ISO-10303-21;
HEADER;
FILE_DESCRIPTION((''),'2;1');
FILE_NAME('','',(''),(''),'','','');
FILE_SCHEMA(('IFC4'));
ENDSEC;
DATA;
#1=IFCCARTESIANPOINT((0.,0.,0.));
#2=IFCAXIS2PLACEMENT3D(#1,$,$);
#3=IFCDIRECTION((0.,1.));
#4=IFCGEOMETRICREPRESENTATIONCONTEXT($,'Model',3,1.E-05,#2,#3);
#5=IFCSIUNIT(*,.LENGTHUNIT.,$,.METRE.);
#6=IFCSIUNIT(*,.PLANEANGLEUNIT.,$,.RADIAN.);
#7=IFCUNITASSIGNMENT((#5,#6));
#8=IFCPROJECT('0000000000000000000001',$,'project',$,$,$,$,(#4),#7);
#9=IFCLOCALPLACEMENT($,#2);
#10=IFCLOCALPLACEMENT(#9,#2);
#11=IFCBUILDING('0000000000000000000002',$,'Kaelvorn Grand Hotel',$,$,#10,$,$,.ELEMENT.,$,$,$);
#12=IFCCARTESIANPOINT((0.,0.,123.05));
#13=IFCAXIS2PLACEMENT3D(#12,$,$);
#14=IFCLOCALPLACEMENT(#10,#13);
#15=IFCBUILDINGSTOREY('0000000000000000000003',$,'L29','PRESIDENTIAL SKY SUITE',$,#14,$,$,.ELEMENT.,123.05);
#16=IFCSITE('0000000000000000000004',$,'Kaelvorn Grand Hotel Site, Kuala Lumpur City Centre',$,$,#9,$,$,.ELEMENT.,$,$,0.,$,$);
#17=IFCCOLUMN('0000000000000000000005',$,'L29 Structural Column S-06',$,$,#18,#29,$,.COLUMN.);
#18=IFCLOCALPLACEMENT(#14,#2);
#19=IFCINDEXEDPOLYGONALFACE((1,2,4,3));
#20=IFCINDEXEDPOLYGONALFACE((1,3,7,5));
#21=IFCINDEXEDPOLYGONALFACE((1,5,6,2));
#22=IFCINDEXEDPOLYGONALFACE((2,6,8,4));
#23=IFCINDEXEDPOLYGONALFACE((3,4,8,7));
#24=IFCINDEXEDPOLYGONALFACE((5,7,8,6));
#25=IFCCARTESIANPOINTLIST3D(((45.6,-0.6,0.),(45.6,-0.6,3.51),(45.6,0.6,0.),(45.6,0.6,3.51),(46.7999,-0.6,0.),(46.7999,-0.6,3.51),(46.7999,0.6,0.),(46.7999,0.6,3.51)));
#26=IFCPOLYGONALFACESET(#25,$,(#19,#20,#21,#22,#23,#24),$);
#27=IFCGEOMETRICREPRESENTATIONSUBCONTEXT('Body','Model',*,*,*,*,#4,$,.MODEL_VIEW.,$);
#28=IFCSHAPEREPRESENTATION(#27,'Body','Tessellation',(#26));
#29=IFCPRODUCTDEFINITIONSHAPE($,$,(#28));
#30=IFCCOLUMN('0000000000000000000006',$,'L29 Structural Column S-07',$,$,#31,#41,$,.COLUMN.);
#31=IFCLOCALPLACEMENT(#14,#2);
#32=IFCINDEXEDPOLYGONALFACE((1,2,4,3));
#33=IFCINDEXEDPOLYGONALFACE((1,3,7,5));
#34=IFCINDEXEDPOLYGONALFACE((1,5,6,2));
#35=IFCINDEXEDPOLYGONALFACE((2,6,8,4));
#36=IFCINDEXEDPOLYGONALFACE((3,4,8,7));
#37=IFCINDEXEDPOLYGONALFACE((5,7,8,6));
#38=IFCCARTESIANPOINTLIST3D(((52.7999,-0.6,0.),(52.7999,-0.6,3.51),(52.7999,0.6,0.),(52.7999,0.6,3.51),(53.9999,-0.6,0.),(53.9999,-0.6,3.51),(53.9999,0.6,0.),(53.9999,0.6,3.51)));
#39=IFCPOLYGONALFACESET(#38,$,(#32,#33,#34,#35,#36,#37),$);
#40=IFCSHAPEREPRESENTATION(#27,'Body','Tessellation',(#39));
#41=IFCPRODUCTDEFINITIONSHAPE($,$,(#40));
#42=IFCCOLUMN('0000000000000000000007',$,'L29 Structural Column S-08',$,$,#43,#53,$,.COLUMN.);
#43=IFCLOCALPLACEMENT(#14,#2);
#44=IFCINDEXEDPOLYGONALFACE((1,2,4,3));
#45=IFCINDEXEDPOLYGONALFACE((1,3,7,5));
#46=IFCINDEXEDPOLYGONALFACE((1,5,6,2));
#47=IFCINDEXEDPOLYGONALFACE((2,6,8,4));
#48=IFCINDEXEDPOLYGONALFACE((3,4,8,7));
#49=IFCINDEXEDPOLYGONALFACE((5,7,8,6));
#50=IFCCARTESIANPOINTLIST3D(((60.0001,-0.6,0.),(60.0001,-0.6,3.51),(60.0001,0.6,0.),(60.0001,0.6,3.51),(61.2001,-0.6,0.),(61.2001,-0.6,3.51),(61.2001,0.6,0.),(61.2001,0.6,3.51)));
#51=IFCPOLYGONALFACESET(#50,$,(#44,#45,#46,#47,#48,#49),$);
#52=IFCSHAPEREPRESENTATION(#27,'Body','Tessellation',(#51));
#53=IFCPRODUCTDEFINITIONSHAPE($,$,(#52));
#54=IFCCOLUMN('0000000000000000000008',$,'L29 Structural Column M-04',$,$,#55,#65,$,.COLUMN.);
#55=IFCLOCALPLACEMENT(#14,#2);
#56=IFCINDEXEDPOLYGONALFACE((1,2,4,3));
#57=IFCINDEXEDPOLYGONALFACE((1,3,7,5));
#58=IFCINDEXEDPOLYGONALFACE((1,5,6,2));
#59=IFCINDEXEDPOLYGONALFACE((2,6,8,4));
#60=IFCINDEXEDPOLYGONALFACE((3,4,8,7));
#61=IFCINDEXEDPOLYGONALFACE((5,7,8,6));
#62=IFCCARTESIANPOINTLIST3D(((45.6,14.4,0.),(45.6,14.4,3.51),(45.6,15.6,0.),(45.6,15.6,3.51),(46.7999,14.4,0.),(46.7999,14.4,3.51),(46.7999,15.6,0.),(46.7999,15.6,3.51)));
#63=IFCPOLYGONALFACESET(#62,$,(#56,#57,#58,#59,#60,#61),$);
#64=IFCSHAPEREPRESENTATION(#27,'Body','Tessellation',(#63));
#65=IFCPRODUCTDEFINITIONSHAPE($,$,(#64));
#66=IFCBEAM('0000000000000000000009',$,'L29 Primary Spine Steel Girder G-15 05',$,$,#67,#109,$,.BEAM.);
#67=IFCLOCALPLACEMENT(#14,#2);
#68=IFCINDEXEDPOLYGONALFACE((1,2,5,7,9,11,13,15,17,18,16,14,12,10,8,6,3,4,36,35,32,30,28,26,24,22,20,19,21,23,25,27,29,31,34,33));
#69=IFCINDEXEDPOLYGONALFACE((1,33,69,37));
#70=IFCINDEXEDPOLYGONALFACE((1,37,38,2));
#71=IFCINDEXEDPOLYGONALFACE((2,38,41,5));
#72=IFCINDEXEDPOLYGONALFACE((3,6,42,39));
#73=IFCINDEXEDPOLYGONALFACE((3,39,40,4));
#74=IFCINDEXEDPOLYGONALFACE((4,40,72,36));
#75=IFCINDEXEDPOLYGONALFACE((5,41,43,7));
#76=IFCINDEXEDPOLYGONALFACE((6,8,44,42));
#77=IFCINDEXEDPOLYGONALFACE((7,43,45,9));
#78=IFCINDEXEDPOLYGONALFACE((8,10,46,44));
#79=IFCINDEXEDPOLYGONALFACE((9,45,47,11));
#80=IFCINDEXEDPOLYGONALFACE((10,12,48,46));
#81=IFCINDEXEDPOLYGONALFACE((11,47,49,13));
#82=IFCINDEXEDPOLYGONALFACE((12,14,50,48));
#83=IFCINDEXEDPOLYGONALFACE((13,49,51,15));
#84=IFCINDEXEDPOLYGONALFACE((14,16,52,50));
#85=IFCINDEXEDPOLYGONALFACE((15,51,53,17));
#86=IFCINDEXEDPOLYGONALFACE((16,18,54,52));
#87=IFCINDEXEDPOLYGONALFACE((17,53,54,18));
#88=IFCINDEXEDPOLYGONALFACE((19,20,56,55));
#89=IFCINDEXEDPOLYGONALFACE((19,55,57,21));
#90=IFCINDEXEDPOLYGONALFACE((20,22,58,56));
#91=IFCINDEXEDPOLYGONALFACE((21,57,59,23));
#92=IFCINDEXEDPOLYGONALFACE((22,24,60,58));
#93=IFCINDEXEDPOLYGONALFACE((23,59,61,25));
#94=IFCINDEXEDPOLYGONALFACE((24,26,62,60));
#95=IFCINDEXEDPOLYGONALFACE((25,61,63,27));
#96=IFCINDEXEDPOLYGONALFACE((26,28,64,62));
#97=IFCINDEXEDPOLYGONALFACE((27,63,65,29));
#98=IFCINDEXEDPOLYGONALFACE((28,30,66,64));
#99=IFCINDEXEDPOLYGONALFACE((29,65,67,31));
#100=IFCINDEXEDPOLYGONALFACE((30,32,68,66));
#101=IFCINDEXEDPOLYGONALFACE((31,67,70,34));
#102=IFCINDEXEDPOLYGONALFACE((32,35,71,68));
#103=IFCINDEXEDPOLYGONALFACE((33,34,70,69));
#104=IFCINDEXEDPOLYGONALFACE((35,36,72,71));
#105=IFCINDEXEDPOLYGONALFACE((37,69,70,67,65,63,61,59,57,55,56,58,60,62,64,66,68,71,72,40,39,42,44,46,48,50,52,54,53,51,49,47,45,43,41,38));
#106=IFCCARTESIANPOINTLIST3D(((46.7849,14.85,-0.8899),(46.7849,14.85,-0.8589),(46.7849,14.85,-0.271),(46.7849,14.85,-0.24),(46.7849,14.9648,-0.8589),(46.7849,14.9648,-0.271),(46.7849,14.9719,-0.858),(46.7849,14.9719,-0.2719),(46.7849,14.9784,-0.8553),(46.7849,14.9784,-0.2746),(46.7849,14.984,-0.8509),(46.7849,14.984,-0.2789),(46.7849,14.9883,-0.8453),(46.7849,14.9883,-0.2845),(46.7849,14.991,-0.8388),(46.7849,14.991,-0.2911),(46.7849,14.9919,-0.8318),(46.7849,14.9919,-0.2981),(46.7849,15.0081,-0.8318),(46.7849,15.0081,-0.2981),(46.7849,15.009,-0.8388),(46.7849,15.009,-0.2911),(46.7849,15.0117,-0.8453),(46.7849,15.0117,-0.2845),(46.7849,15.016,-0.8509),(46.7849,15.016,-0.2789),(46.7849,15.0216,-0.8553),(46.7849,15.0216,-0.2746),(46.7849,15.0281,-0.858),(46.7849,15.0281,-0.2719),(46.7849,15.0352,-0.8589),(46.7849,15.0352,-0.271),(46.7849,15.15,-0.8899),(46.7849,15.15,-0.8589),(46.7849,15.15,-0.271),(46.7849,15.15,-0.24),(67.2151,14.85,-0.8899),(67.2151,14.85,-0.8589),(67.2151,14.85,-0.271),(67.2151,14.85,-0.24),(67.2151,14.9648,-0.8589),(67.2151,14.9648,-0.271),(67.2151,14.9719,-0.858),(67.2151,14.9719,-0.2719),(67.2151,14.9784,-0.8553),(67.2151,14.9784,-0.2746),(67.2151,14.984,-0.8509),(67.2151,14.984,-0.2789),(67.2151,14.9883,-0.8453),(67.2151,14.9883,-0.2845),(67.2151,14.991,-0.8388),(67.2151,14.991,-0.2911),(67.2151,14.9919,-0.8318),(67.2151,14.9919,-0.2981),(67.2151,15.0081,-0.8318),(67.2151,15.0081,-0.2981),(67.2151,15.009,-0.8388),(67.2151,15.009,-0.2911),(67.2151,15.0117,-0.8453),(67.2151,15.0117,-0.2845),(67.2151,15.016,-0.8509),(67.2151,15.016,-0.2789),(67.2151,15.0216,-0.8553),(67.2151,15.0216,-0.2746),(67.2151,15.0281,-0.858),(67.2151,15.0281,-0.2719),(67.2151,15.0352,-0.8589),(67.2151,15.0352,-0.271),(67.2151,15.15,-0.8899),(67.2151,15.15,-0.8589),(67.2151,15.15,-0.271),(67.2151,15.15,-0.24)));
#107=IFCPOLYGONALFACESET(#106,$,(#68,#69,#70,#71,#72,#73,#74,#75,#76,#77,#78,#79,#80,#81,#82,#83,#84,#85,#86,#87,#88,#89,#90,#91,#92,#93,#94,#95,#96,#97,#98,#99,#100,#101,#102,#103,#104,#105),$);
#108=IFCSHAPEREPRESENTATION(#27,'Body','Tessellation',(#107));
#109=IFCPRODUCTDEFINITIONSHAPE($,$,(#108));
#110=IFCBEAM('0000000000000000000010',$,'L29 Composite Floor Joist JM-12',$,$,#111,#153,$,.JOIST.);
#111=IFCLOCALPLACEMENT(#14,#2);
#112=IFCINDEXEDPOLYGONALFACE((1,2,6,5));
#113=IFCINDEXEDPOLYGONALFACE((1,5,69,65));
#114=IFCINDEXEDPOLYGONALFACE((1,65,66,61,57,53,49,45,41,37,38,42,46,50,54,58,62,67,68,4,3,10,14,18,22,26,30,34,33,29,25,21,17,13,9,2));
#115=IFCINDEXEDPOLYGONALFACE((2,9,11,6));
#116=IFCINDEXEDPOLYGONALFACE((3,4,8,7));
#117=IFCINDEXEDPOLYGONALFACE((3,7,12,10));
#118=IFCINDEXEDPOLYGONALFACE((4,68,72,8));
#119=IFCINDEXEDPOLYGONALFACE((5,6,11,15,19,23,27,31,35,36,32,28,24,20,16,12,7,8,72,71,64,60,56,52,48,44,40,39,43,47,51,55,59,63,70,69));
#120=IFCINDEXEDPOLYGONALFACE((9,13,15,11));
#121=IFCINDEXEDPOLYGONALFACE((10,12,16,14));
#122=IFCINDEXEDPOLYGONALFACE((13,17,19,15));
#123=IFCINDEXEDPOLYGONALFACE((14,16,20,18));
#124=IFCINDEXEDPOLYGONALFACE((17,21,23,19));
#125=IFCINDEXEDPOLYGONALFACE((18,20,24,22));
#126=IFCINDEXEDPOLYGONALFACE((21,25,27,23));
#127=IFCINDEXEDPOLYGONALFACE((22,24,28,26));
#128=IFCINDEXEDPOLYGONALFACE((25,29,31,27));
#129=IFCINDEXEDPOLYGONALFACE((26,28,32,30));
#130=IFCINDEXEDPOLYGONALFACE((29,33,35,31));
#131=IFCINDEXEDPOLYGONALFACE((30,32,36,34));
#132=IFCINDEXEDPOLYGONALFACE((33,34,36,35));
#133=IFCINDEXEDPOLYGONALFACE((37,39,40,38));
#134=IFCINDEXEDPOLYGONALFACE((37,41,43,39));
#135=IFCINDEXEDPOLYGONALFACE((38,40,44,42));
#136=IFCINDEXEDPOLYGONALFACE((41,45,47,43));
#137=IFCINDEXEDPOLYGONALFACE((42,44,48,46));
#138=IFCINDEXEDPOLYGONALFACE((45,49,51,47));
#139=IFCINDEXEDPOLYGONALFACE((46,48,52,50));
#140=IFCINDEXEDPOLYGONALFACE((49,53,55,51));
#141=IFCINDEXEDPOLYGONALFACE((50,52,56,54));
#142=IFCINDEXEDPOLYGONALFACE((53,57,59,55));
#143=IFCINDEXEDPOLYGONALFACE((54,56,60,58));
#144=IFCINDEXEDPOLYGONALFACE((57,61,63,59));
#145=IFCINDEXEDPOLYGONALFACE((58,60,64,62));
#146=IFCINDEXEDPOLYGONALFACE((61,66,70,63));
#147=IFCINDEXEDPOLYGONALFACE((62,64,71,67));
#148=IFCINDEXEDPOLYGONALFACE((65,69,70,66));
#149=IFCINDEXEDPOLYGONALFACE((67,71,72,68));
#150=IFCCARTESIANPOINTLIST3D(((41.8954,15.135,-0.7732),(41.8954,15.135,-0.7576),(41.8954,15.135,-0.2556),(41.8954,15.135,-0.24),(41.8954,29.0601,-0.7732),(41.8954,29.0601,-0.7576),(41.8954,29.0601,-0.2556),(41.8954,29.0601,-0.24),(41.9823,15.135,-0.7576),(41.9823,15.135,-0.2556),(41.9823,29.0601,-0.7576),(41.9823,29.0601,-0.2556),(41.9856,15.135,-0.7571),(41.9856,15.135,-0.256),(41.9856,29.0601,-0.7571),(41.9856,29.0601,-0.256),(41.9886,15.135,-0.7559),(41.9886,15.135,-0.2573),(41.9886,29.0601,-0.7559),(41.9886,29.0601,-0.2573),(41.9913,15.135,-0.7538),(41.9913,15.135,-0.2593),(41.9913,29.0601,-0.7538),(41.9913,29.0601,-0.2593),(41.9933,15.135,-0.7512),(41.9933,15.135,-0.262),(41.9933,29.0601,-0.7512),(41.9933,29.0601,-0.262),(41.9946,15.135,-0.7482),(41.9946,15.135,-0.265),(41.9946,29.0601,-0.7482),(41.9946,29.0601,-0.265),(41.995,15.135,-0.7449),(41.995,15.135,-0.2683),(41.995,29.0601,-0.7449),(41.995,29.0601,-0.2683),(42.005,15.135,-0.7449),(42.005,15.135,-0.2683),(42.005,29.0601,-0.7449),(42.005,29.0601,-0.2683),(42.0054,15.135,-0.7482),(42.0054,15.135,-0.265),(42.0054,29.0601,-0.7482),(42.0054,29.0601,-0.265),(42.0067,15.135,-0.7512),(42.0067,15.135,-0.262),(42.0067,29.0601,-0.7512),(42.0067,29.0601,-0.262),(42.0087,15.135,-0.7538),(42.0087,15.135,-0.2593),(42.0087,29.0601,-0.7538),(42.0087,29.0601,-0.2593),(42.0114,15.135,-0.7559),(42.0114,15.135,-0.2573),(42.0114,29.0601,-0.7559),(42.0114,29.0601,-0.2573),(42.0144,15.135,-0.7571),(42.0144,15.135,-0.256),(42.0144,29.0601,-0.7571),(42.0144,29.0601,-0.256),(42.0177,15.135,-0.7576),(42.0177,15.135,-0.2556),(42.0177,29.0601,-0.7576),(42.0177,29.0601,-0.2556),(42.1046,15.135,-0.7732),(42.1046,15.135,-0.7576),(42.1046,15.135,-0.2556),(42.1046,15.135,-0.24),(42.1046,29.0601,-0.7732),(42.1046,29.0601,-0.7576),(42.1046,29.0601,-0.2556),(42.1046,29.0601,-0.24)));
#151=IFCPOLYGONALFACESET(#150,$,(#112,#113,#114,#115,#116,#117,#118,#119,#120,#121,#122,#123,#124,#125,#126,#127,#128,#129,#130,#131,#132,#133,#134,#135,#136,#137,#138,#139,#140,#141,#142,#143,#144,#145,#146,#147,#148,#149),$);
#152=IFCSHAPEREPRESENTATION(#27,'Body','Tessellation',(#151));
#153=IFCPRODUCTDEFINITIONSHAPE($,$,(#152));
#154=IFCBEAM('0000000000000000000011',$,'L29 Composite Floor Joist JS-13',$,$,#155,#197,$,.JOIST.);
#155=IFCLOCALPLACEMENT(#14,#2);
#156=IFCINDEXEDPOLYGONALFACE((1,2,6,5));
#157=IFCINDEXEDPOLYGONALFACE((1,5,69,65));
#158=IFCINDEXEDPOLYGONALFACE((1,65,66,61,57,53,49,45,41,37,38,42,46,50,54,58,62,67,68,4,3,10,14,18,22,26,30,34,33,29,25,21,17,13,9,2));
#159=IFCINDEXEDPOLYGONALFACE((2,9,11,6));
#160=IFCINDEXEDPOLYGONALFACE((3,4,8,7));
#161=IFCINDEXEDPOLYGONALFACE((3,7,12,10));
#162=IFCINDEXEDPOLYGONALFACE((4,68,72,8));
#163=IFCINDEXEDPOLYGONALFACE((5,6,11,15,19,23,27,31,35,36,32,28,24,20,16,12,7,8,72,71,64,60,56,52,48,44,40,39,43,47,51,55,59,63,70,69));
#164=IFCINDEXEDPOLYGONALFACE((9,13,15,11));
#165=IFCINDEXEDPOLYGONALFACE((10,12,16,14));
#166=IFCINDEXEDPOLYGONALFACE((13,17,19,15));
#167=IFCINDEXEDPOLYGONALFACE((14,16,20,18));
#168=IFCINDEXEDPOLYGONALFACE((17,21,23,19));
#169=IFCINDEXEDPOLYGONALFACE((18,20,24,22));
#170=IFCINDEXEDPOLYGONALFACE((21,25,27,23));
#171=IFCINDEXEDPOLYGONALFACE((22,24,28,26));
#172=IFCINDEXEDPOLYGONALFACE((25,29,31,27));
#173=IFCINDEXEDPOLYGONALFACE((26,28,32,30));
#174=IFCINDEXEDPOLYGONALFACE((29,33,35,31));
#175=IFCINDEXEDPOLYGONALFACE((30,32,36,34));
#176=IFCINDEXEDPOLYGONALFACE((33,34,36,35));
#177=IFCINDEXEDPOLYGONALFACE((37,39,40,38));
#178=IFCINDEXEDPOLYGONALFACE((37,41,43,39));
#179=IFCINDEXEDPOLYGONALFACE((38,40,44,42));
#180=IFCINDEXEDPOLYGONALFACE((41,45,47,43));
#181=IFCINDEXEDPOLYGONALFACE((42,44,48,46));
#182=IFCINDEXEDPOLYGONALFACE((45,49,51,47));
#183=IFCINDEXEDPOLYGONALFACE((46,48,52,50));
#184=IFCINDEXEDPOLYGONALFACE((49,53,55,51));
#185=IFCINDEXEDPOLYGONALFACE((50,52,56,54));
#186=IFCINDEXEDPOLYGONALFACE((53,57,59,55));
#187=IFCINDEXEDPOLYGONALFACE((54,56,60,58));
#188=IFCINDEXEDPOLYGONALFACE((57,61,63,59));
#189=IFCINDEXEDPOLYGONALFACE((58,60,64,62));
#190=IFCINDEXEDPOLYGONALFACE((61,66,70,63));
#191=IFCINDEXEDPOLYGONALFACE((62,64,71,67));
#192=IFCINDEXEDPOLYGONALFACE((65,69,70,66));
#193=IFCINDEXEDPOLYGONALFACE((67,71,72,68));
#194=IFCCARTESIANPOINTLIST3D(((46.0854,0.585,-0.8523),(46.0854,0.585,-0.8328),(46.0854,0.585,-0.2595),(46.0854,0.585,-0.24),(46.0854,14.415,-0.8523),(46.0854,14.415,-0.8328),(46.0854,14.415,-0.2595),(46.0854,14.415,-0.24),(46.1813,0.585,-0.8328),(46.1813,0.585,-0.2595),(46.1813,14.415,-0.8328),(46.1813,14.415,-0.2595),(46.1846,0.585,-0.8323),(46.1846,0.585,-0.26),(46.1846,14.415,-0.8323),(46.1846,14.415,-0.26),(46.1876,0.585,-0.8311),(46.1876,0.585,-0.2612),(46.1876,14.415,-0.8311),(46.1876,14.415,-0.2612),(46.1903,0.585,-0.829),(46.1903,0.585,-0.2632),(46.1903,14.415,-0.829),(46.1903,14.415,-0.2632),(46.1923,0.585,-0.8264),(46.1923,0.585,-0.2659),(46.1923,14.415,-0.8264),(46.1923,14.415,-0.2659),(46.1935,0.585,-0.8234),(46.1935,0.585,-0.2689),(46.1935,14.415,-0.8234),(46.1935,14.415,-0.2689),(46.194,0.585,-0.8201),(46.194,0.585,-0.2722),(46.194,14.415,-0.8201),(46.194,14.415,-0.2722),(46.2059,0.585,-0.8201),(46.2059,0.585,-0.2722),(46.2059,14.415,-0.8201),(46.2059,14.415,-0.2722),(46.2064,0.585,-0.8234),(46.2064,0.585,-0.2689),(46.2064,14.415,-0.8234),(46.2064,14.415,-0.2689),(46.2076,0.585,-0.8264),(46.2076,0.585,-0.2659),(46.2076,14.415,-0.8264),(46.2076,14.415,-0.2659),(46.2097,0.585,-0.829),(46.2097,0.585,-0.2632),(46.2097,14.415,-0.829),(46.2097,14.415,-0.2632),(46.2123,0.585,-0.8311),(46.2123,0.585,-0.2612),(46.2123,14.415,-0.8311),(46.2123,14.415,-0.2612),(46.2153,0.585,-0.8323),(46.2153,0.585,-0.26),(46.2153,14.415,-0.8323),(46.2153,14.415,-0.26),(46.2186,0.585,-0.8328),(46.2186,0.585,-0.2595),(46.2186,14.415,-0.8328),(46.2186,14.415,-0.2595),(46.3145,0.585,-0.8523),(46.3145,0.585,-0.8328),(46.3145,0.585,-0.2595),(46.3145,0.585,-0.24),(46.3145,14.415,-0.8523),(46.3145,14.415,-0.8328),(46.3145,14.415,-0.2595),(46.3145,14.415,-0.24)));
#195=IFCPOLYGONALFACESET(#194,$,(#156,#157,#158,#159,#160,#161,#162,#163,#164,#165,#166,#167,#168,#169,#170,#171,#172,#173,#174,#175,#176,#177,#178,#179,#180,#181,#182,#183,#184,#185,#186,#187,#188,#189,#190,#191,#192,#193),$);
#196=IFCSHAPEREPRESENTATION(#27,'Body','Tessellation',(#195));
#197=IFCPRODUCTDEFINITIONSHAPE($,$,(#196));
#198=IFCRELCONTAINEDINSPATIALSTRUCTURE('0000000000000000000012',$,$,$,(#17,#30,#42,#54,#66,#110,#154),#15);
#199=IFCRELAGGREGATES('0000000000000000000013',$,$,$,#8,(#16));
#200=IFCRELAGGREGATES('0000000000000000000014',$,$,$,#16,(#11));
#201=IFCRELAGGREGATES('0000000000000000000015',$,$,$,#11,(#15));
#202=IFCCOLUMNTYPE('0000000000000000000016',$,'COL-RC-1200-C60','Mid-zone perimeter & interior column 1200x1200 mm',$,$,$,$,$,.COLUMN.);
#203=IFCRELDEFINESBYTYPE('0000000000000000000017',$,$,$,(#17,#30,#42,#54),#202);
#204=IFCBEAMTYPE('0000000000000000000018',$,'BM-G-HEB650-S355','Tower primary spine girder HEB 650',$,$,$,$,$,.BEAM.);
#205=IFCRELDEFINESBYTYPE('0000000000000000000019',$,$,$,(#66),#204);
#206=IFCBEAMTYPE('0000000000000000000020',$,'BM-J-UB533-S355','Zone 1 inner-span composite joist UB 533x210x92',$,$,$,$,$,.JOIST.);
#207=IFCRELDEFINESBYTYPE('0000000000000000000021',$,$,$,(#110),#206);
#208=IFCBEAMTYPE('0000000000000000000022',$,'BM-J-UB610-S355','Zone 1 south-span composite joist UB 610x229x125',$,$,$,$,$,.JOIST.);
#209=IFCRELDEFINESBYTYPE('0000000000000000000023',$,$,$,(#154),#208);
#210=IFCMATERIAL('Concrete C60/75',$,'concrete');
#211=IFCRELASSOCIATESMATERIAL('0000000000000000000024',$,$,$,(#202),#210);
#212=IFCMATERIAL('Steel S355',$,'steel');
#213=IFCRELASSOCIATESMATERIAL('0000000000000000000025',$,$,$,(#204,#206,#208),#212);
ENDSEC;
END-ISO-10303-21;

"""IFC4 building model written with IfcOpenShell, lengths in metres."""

from ifc_helpers import new_model, si_unit, direction, frame, origin, origin_2d, place, context, subcontext, project, spatial, rectangle, i_section, extrude, material, material_profile, profile_set, type_object, element, save


model = new_model("IFC4")

# Units and contexts
model_context = context("Model", 3, precision=1e-05, world=origin(), true_north=direction((0.0, 1.0)))
body_context = subcontext(model_context, "Body", "Model", "MODEL_VIEW")
ifc_project = project(units=[si_unit("LENGTHUNIT", "METRE"), si_unit("PLANEANGLEUNIT", "RADIAN")], contexts=[model_context])

# Site, building, storey
site_placement = place(None, origin())
site = spatial("IfcSite", under=ifc_project, at=site_placement, Name="Kaelvorn Grand Hotel Site, Kuala Lumpur City Centre", CompositionType="ELEMENT", RefElevation=0.0)
building_placement = place(site_placement, origin())
building = spatial("IfcBuilding", under=site, at=building_placement, Name="Kaelvorn Grand Hotel", CompositionType="ELEMENT")
storey_placement = place(building_placement, frame((0.0, 0.0, 123.05)))
storey = spatial("IfcBuildingStorey", under=building, at=storey_placement, Name="L29", Description="PRESIDENTIAL SKY SUITE", CompositionType="ELEMENT", Elevation=123.05)

# Columns
ifc_material_1 = material(Name="Concrete C60/75", Category="concrete")
ifc_material_profile_1 = material_profile(ifc_material_1, rectangle(XDim=1.2, YDim=1.2, at=origin_2d()), Name="RC COL 1200x1200")
ifc_profile_set_1 = profile_set([ifc_material_profile_1], Name="Concrete C60/75")
column_type = type_object("IfcColumnType", Name="COL-RC-1200-C60", Description="Mid-zone perimeter & interior column 1200x1200 mm", PredefinedType="COLUMN", material=ifc_profile_set_1)
for number, where, z_axis, x_axis, name in (
    (1, (46.2, 0.0, 0.0), (0.0, 0.0, 1.0), (1.0, 0.0, 0.0), "L29 Structural Column S-06"),
    (2, (53.3999, 0.0, 0.0), (0.0, 0.0, 1.0), (1.0, 0.0, 0.0), "L29 Structural Column S-07"),
    (3, (60.6001, 0.0, 0.0), (0.0, 0.0, 1.0), (1.0, 0.0, 0.0), "L29 Structural Column S-08"),
    (4, (46.2, 15.0, 0.0), (0.0, 0.0, 1.0), (1.0, 0.0, 0.0), "L29 Structural Column M-04"),
):
    element("IfcColumn", number, at=place(storey_placement, frame(where, z_axis=z_axis, x_axis=x_axis)), inside=storey, type_object=column_type, Name=name, PredefinedType="COLUMN", context=body_context, shape_type="SweptSolid", body=[
        extrude(rectangle(XDim=1.2, YDim=1.2, at=origin_2d()), origin(), (0.0, 0.0, 1.0), 3.51),
    ])

# Beams
ifc_material_2 = material(Name="Steel S355", Category="steel")
ifc_material_profile_2 = material_profile(ifc_material_2, i_section(OverallWidth=0.3, OverallDepth=0.6499, WebThickness=0.0161, FlangeThickness=0.031, FilletRadius=0.0271, at=origin_2d()), Name="HEB 650")
ifc_profile_set_2 = profile_set([ifc_material_profile_2], Name="Steel S355")
beam_type_1 = type_object("IfcBeamType", Name="BM-G-HEB650-S355", Description="Tower primary spine girder HEB 650", PredefinedType="BEAM", material=ifc_profile_set_2)
beam_1_placement = place(storey_placement, frame((46.7849, 15.0, -0.5649), z_axis=(1.0, 0.0, 0.0), x_axis=(0.0, 1.0, 0.0)))
element("IfcBeam", 5, at=beam_1_placement, inside=storey, type_object=beam_type_1, Name="L29 Primary Spine Steel Girder G-15 05", PredefinedType="BEAM", context=body_context, shape_type="SweptSolid", body=[
    extrude(i_section(OverallWidth=0.3, OverallDepth=0.6499, WebThickness=0.0161, FlangeThickness=0.031, FilletRadius=0.0271, at=origin_2d()), origin(), (0.0, 0.0, 1.0), 20.4302),
])
ifc_material_profile_3 = material_profile(ifc_material_2, i_section(OverallWidth=0.2092, OverallDepth=0.5332, WebThickness=0.01, FlangeThickness=0.0156, FilletRadius=0.0127, at=origin_2d()), Name="UB 533x210x92")
ifc_profile_set_3 = profile_set([ifc_material_profile_3], Name="Steel S355")
beam_type_2 = type_object("IfcBeamType", Name="BM-J-UB533-S355", Description="Zone 1 inner-span composite joist UB 533x210x92", PredefinedType="JOIST", material=ifc_profile_set_3)
beam_2_placement = place(storey_placement, frame((42.0, 15.135, -0.5066), z_axis=(0.0, 1.0, 0.0), x_axis=(-1.0, 0.0, 0.0)))
element("IfcBeam", 6, at=beam_2_placement, inside=storey, type_object=beam_type_2, Name="L29 Composite Floor Joist JM-12", PredefinedType="JOIST", context=body_context, shape_type="SweptSolid", body=[
    extrude(i_section(OverallWidth=0.2092, OverallDepth=0.5332, WebThickness=0.01, FlangeThickness=0.0156, FilletRadius=0.0127, at=origin_2d()), origin(), (0.0, 0.0, 1.0), 13.925),
])
ifc_material_profile_4 = material_profile(ifc_material_2, i_section(OverallWidth=0.229, OverallDepth=0.6123, WebThickness=0.012, FlangeThickness=0.0195, FilletRadius=0.0127, at=origin_2d()), Name="UB 610x229x125")
ifc_profile_set_4 = profile_set([ifc_material_profile_4], Name="Steel S355")
beam_type_3 = type_object("IfcBeamType", Name="BM-J-UB610-S355", Description="Zone 1 south-span composite joist UB 610x229x125", PredefinedType="JOIST", material=ifc_profile_set_4)
beam_3_placement = place(storey_placement, frame((46.2, 0.585, -0.5461), z_axis=(0.0, 1.0, 0.0), x_axis=(-1.0, 0.0, 0.0)))
element("IfcBeam", 7, at=beam_3_placement, inside=storey, type_object=beam_type_3, Name="L29 Composite Floor Joist JS-13", PredefinedType="JOIST", context=body_context, shape_type="SweptSolid", body=[
    extrude(i_section(OverallWidth=0.229, OverallDepth=0.6123, WebThickness=0.012, FlangeThickness=0.0195, FilletRadius=0.0127, at=origin_2d()), origin(), (0.0, 0.0, 1.0), 13.8301),
])

save(model, "model.ifc")
